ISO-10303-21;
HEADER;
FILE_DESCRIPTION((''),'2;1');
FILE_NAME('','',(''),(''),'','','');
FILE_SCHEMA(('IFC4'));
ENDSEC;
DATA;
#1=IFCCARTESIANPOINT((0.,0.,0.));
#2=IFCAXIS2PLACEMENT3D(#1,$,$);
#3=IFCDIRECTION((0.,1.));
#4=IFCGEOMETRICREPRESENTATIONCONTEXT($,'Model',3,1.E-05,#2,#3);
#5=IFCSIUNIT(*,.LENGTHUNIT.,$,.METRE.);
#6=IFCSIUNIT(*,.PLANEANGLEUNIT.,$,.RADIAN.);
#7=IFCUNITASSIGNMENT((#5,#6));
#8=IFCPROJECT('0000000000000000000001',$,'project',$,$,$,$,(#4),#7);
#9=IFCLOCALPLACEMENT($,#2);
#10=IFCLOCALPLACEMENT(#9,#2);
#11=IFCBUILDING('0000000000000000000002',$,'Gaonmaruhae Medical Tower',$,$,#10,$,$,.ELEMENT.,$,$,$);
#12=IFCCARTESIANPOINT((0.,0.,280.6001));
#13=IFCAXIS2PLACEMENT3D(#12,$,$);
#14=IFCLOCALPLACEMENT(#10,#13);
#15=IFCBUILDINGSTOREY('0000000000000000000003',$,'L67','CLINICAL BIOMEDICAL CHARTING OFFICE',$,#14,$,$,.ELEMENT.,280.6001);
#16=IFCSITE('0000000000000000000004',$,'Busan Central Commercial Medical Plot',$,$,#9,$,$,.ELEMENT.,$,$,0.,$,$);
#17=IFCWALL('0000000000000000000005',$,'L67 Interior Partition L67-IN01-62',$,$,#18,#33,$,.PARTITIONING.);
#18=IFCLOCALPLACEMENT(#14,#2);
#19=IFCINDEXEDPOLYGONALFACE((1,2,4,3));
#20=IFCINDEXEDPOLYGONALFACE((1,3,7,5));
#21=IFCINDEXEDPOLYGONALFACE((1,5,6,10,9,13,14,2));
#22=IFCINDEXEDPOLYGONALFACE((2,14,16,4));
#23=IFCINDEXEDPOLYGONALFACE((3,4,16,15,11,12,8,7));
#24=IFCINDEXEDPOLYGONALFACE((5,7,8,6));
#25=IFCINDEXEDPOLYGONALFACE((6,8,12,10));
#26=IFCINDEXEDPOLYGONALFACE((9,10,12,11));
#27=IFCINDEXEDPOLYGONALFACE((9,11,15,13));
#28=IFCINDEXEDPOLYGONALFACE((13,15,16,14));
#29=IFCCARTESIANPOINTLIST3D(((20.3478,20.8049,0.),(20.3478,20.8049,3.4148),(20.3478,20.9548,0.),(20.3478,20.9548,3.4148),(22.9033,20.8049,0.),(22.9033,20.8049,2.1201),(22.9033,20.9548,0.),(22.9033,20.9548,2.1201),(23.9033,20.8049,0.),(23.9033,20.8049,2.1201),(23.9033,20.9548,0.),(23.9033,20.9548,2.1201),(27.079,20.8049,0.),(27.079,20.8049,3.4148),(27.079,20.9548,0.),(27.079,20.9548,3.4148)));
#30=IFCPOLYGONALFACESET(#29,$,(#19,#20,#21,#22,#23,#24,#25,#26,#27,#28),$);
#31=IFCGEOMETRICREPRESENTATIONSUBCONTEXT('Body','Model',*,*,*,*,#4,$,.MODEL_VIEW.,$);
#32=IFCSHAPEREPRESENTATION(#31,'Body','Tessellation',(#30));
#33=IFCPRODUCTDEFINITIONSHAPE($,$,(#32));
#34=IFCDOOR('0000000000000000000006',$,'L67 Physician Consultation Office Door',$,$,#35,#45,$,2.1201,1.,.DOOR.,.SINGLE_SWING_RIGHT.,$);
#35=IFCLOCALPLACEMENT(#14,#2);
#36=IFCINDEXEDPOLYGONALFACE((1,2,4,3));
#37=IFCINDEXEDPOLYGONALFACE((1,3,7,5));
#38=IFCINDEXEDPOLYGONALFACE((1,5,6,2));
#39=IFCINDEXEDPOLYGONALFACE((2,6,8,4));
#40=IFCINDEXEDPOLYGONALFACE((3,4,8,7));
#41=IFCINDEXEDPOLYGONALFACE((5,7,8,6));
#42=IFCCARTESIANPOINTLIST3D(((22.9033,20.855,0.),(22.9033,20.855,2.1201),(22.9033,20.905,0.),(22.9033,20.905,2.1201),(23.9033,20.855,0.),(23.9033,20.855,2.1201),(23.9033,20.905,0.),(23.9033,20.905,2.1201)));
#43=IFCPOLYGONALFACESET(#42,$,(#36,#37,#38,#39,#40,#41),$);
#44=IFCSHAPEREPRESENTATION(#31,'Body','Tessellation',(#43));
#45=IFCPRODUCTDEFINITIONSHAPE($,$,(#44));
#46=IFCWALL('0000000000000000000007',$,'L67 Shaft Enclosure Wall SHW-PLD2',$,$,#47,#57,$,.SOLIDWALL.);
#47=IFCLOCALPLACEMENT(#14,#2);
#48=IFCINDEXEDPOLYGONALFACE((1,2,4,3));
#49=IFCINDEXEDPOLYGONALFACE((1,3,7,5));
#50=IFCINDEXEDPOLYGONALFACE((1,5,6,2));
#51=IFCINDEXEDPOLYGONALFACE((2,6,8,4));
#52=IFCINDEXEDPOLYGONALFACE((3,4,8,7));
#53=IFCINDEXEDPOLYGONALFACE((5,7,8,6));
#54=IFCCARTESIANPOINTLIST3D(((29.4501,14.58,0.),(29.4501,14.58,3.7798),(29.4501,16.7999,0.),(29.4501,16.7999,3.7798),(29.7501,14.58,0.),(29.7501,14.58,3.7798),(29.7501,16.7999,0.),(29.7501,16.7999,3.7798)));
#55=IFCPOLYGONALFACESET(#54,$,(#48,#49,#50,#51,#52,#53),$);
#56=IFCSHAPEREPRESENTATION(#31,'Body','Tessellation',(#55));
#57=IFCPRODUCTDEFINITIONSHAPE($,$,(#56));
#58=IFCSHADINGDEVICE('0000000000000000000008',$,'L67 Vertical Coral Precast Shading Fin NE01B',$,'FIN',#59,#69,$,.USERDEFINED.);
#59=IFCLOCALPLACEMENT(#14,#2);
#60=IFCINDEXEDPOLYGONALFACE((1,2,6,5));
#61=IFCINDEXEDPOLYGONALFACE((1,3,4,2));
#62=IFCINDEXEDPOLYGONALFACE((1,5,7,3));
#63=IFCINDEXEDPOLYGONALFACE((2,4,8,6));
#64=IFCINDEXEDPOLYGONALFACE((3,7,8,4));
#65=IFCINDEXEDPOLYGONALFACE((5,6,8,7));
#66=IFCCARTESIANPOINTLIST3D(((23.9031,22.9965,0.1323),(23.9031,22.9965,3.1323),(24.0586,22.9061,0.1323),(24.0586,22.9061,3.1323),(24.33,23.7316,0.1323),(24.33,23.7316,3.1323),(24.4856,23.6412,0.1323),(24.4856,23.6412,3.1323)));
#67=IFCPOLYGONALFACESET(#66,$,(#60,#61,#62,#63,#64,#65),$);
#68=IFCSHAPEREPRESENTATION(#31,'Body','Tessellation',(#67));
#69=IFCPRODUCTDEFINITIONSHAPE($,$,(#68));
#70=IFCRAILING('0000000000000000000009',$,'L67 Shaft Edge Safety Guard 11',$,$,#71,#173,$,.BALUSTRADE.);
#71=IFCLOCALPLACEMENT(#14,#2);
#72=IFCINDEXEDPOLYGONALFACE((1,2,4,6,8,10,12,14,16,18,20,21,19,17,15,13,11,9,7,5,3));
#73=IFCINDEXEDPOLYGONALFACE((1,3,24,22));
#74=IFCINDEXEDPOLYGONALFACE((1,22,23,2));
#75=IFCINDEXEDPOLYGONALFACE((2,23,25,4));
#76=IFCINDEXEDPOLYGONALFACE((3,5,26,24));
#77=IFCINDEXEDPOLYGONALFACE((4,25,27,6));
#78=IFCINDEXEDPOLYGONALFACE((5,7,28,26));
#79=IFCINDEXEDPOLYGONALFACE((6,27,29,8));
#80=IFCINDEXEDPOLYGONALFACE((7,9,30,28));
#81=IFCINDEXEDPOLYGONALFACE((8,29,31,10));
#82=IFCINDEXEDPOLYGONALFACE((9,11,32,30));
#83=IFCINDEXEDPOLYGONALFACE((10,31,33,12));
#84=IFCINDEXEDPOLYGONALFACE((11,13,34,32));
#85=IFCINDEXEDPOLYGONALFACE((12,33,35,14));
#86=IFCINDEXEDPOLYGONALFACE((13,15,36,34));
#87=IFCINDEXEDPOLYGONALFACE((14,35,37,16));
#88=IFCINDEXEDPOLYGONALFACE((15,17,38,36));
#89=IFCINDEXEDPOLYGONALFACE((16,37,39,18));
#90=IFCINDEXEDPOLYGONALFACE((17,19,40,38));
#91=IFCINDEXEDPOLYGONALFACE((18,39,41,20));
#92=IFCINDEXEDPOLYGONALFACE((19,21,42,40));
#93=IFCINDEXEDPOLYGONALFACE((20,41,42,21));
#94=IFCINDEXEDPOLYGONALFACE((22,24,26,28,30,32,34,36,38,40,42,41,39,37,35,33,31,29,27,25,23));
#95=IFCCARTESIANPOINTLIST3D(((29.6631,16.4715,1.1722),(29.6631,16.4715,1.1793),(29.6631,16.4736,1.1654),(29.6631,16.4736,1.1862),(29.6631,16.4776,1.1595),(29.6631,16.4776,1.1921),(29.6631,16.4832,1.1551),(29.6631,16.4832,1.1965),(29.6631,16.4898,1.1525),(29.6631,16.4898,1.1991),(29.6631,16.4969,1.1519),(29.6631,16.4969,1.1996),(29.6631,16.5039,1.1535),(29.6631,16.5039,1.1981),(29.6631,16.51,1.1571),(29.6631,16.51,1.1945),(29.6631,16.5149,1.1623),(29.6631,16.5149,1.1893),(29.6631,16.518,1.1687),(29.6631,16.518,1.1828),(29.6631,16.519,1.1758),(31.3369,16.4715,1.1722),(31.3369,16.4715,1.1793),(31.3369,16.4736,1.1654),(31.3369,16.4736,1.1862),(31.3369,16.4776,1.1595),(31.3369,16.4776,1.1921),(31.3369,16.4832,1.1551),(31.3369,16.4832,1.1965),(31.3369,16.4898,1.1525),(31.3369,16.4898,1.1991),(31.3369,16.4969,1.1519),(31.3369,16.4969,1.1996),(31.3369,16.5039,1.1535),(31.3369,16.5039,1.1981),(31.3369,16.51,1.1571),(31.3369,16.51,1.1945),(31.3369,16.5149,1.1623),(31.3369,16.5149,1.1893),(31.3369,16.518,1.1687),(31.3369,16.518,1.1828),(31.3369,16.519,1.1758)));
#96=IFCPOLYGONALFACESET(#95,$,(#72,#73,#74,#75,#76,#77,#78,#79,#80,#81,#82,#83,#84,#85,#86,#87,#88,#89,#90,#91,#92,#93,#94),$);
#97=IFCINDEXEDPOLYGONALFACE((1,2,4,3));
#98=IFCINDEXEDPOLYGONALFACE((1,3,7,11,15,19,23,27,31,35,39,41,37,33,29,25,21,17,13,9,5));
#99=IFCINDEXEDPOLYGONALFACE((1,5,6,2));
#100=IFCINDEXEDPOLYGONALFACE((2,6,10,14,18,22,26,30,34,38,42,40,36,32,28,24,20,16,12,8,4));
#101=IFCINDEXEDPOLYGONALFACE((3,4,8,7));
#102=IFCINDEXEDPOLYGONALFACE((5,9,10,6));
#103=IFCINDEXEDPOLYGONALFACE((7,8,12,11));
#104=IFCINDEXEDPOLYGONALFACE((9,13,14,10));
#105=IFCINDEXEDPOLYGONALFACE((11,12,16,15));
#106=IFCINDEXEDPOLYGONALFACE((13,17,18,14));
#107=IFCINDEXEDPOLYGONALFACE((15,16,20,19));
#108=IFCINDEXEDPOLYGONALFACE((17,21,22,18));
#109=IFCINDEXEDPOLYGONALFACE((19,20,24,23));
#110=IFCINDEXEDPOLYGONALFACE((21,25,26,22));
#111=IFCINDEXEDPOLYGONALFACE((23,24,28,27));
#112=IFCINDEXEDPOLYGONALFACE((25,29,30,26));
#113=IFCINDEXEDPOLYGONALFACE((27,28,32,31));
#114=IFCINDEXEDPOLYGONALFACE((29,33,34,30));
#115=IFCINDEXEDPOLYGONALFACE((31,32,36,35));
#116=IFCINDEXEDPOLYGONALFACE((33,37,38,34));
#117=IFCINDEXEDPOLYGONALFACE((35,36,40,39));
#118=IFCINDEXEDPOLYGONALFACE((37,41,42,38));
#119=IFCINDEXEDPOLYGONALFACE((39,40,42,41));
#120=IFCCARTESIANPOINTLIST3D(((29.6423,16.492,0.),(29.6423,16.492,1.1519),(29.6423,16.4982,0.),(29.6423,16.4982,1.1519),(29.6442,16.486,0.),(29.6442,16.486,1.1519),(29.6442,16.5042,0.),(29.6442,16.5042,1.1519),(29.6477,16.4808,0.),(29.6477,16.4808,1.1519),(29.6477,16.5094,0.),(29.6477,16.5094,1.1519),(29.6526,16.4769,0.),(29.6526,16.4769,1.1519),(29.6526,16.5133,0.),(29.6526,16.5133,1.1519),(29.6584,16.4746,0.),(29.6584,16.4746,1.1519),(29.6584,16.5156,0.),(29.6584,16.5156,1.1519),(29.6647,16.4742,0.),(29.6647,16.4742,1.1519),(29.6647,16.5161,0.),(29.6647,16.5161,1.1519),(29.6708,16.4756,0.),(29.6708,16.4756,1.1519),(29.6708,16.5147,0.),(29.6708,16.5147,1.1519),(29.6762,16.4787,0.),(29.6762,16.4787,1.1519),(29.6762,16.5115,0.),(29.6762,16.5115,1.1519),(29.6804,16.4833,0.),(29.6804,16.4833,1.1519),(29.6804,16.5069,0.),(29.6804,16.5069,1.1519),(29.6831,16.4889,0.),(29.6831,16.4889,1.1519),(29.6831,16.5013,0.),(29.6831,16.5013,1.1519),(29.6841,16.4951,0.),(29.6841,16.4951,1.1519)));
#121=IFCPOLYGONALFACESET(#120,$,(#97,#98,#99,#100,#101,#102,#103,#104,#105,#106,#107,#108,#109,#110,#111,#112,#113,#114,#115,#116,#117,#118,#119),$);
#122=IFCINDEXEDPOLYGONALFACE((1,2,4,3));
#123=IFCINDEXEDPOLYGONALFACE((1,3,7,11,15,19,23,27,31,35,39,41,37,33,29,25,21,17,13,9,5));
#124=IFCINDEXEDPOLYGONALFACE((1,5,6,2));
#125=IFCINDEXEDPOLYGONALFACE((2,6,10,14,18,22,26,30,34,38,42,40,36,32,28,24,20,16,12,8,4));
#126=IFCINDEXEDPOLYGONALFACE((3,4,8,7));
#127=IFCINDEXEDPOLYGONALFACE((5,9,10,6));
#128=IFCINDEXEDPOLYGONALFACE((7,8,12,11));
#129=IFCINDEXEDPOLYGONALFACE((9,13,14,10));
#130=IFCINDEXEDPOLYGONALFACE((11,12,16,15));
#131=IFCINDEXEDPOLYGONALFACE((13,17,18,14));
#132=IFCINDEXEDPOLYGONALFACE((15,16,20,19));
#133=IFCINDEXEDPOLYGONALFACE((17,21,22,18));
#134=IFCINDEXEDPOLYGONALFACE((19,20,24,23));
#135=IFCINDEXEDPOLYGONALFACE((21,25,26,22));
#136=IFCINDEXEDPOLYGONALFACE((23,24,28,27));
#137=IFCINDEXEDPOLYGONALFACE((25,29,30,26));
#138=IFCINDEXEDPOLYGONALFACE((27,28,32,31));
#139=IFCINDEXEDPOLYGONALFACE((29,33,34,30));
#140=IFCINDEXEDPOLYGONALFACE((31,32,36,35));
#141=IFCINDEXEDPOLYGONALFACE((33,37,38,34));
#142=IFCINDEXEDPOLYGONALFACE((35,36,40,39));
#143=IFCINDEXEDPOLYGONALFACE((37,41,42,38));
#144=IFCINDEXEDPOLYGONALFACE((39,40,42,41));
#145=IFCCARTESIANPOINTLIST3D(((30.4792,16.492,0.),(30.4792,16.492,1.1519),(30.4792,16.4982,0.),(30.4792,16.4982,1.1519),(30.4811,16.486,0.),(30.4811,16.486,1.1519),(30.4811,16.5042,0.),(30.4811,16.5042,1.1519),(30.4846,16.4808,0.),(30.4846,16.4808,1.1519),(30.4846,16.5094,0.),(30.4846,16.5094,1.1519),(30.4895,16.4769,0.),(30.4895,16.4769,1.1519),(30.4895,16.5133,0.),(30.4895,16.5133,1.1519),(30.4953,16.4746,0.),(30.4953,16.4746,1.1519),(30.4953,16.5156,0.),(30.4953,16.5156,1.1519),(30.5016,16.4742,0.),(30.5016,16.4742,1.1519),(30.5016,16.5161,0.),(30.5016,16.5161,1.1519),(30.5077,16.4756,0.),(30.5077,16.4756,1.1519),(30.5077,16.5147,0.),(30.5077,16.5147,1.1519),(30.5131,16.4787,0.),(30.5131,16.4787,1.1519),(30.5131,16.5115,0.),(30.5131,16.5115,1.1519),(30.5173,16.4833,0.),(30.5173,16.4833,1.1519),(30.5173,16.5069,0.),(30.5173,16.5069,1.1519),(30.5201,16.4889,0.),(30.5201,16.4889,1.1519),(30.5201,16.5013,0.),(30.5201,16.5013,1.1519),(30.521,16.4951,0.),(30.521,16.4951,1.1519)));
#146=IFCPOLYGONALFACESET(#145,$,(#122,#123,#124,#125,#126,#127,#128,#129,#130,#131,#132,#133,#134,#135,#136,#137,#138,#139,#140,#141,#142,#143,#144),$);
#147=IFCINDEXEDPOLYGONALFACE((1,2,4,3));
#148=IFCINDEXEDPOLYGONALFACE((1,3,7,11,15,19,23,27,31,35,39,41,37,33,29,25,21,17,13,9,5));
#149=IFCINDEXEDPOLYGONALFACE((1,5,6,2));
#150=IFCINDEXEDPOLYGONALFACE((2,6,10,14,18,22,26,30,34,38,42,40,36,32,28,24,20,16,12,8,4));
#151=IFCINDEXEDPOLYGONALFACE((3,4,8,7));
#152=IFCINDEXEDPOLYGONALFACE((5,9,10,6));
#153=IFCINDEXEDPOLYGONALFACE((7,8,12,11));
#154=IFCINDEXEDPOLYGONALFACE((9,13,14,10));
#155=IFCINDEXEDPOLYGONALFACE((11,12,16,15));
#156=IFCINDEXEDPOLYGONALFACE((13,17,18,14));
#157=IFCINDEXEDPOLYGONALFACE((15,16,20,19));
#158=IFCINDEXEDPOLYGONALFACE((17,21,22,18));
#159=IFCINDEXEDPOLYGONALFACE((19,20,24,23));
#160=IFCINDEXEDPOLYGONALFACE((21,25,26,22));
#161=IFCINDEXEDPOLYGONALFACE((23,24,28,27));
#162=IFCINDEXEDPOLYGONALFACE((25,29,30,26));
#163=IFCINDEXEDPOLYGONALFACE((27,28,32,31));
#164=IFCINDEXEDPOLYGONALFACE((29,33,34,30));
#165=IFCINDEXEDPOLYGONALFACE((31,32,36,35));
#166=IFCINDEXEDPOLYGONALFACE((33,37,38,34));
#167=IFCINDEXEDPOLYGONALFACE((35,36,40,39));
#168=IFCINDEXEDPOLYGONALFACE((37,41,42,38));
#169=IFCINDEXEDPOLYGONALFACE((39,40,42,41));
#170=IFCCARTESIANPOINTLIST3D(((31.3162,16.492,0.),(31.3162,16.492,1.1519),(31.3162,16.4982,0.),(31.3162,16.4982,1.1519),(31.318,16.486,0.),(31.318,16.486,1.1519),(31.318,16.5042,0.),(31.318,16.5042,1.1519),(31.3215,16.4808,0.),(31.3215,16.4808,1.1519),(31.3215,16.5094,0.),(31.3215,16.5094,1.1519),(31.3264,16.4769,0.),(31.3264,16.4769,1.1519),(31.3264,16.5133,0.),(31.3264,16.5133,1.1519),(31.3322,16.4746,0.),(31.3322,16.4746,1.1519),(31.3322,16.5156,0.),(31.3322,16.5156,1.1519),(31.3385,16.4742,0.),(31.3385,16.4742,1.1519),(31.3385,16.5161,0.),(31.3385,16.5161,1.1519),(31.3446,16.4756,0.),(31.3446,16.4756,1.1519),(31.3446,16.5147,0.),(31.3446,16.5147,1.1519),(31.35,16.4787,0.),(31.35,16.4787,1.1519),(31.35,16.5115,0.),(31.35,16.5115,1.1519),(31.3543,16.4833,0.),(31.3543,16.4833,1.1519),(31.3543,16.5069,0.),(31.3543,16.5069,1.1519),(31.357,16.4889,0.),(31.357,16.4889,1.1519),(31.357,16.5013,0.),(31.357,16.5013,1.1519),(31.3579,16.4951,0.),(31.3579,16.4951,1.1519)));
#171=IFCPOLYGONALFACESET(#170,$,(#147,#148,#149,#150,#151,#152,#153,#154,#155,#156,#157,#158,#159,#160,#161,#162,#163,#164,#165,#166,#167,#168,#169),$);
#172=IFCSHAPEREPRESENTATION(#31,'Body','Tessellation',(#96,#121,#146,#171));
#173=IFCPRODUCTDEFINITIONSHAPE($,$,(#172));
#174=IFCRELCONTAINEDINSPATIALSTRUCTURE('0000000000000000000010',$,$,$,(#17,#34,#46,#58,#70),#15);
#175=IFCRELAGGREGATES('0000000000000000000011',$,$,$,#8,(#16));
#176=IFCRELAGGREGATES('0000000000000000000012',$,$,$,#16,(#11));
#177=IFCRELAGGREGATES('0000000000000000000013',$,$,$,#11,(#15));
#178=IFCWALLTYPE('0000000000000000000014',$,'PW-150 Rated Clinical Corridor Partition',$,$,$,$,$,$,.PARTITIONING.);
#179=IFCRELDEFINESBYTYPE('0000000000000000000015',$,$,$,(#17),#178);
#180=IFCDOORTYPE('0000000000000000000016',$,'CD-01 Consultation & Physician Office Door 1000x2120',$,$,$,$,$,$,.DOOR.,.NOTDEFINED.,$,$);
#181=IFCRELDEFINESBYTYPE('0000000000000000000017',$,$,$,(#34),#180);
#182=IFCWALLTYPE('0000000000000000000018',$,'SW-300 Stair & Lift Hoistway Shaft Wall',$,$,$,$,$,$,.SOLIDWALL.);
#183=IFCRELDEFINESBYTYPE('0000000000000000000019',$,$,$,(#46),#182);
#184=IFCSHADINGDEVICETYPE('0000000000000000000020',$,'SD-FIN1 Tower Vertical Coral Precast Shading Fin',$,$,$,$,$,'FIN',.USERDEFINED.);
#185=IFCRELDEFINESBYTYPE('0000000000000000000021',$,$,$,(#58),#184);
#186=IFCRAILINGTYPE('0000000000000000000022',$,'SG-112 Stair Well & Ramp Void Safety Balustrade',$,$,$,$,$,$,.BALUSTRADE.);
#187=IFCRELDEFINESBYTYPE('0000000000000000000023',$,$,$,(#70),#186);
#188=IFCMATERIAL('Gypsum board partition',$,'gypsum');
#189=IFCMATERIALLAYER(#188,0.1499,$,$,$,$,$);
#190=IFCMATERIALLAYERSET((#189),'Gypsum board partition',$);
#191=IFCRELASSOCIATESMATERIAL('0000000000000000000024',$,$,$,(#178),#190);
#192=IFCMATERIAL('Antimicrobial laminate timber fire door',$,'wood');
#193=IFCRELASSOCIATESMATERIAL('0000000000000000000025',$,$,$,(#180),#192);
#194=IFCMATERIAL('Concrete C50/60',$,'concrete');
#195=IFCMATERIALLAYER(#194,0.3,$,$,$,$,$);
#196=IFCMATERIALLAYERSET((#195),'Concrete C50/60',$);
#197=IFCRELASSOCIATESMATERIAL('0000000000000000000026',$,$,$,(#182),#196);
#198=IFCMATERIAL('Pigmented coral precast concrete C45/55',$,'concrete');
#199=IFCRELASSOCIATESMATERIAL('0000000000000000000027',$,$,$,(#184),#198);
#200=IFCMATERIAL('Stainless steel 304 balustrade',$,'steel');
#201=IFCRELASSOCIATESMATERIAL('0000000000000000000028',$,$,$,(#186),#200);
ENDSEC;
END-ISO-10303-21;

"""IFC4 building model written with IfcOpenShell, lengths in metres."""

from ifc_helpers import new_model, si_unit, direction, frame, frame_2d, origin, origin_2d, place, context, subcontext, project, spatial, rectangle, circle, extrude, material, layer, layer_set, type_object, element, fill, save


model = new_model("IFC4")

# Units and contexts
model_context = context("Model", 3, precision=1e-05, world=origin(), true_north=direction((0.0, 1.0)))
body_context = subcontext(model_context, "Body", "Model", "MODEL_VIEW")
ifc_project = project(units=[si_unit("LENGTHUNIT", "METRE"), si_unit("PLANEANGLEUNIT", "RADIAN")], contexts=[model_context])

# Site, building, storey
site_placement = place(None, origin())
site = spatial("IfcSite", under=ifc_project, at=site_placement, Name="Busan Central Commercial Medical Plot", CompositionType="ELEMENT", RefElevation=0.0)
building_placement = place(site_placement, origin())
building = spatial("IfcBuilding", under=site, at=building_placement, Name="Gaonmaruhae Medical Tower", CompositionType="ELEMENT")
storey_placement = place(building_placement, frame((0.0, 0.0, 280.6001)))
storey = spatial("IfcBuildingStorey", under=building, at=storey_placement, Name="L67", Description="CLINICAL BIOMEDICAL CHARTING OFFICE", CompositionType="ELEMENT", Elevation=280.6001)

# Shared definitions
ifc_material_1 = material(Name="Concrete C50/60", Category="concrete")

# Shared definitions
ifc_material_2 = material(Name="Gypsum board partition", Category="gypsum")
ifc_layer_1 = layer(ifc_material_2, 0.1499)
ifc_layer_set_1 = layer_set([ifc_layer_1], Name="Gypsum board partition")
wall_type_1 = type_object("IfcWallType", Name="PW-150 Rated Clinical Corridor Partition", PredefinedType="PARTITIONING", material=ifc_layer_set_1)

# Wall, opening, door
wall_1_placement = place(storey_placement, frame((27.0791, 20.8799, 0.0), z_axis=(0.0, 0.0, 1.0), x_axis=(-1.0, 0.0, 0.0)))
wall_1 = element("IfcWall", 1, at=wall_1_placement, inside=storey, type_object=wall_type_1, Name="L67 Interior Partition L67-IN01-62", PredefinedType="PARTITIONING", context=body_context, shape_type="SweptSolid", body=[
    extrude(rectangle(XDim=6.7312, YDim=0.1499, at=frame_2d((3.3657, 0.0))), origin(), (0.0, 0.0, 1.0), 3.4148),
])
opening_1_placement = place(wall_1_placement, frame((3.1758, 0.0, 0.0)))
opening_1 = element("IfcOpeningElement", 2, at=opening_1_placement, cuts=wall_1, PredefinedType="OPENING", context=body_context, shape_type="SweptSolid", body=[
    extrude(rectangle(XDim=1.0, YDim=2.1201, at=frame_2d((0.5, 1.0601))), frame((0.0, 0.085, 0.0), z_axis=(0.0, -1.0, 0.0), x_axis=(1.0, 0.0, 0.0)), (0.0, 0.0, 1.0), 0.1699),
])
ifc_material_3 = material(Name="Antimicrobial laminate timber fire door", Category="wood")
door_type_1 = type_object("IfcDoorType", Name="CD-01 Consultation & Physician Office Door 1000x2120", OperationType="NOTDEFINED", PredefinedType="DOOR", material=ifc_material_3)
door_1_placement = place(opening_1_placement, origin())
door_1 = element("IfcDoor", 3, at=door_1_placement, inside=storey, type_object=door_type_1, Name="L67 Physician Consultation Office Door", OperationType="SINGLE_SWING_RIGHT", OverallHeight=2.1201, OverallWidth=1.0, PredefinedType="DOOR", context=body_context, shape_type="SweptSolid", body=[
    extrude(rectangle(XDim=1.0, YDim=2.1201, at=frame_2d((0.5, 1.0601))), frame((0.0, 0.0249, 0.0), z_axis=(0.0, -1.0, 0.0), x_axis=(1.0, 0.0, 0.0)), (0.0, 0.0, 1.0), 0.05),
])
fill(opening_1, door_1)
ifc_layer_2 = layer(ifc_material_1, 0.3)
ifc_layer_set_2 = layer_set([ifc_layer_2], Name="Concrete C50/60")
wall_type_2 = type_object("IfcWallType", Name="SW-300 Stair & Lift Hoistway Shaft Wall", PredefinedType="SOLIDWALL", material=ifc_layer_set_2)

# Wall
wall_2_placement = place(storey_placement, frame((29.6001, 14.5801, 0.0), z_axis=(0.0, 0.0, 1.0), x_axis=(0.0, 1.0, 0.0)))
element("IfcWall", 4, at=wall_2_placement, inside=storey, type_object=wall_type_2, Name="L67 Shaft Enclosure Wall SHW-PLD2", PredefinedType="SOLIDWALL", context=body_context, shape_type="SweptSolid", body=[
    extrude(rectangle(XDim=2.22, YDim=0.3, at=frame_2d((1.1099, 0.0))), origin(), (0.0, 0.0, 1.0), 3.7798),
])

# Shading device
ifc_material_4 = material(Name="Pigmented coral precast concrete C45/55", Category="concrete")
shading_device_type = type_object("IfcShadingDeviceType", Name="SD-FIN1 Tower Vertical Coral Precast Shading Fin", ElementType="FIN", PredefinedType="USERDEFINED", material=ifc_material_4)
shading_device_placement = place(storey_placement, frame((24.1943, 23.3188, 0.1323), z_axis=(0.0, 0.0, 1.0), x_axis=(0.864713, -0.502266, 0.0)))
element("IfcShadingDevice", 5, at=shading_device_placement, inside=storey, type_object=shading_device_type, Name="L67 Vertical Coral Precast Shading Fin NE01B", ObjectType="FIN", PredefinedType="USERDEFINED", context=body_context, shape_type="SweptSolid", body=[
    extrude(rectangle(XDim=0.1799, YDim=0.8501, at=origin_2d()), origin(), (0.0, 0.0, 1.0), 3.0),
])

# Railing
ifc_material_5 = material(Name="Stainless steel 304 balustrade", Category="steel")
railing_type = type_object("IfcRailingType", Name="SG-112 Stair Well & Ramp Void Safety Balustrade", PredefinedType="BALUSTRADE", material=ifc_material_5)
railing_placement = place(storey_placement, frame((29.6631, 16.4951, 0.0)))
element("IfcRailing", 6, at=railing_placement, inside=storey, type_object=railing_type, Name="L67 Shaft Edge Safety Guard 11", PredefinedType="BALUSTRADE", context=body_context, shape_type="SweptSolid", body=[
    extrude(circle(Radius=0.0239, at=origin_2d()), frame((0.0, 0.0, 1.1758), z_axis=(1.0, 0.0, 0.0), x_axis=(0.0, 1.0, 0.0)), (0.0, 0.0, 1.0), 1.6738),
    extrude(circle(Radius=0.021, at=origin_2d()), origin(), (0.0, 0.0, 1.0), 1.1519),
    extrude(circle(Radius=0.021, at=origin_2d()), frame((0.8369, 0.0, 0.0)), (0.0, 0.0, 1.0), 1.1519),
    extrude(circle(Radius=0.021, at=origin_2d()), frame((1.6738, 0.0, 0.0)), (0.0, 0.0, 1.0), 1.1519),
])

save(model, "model.ifc")
